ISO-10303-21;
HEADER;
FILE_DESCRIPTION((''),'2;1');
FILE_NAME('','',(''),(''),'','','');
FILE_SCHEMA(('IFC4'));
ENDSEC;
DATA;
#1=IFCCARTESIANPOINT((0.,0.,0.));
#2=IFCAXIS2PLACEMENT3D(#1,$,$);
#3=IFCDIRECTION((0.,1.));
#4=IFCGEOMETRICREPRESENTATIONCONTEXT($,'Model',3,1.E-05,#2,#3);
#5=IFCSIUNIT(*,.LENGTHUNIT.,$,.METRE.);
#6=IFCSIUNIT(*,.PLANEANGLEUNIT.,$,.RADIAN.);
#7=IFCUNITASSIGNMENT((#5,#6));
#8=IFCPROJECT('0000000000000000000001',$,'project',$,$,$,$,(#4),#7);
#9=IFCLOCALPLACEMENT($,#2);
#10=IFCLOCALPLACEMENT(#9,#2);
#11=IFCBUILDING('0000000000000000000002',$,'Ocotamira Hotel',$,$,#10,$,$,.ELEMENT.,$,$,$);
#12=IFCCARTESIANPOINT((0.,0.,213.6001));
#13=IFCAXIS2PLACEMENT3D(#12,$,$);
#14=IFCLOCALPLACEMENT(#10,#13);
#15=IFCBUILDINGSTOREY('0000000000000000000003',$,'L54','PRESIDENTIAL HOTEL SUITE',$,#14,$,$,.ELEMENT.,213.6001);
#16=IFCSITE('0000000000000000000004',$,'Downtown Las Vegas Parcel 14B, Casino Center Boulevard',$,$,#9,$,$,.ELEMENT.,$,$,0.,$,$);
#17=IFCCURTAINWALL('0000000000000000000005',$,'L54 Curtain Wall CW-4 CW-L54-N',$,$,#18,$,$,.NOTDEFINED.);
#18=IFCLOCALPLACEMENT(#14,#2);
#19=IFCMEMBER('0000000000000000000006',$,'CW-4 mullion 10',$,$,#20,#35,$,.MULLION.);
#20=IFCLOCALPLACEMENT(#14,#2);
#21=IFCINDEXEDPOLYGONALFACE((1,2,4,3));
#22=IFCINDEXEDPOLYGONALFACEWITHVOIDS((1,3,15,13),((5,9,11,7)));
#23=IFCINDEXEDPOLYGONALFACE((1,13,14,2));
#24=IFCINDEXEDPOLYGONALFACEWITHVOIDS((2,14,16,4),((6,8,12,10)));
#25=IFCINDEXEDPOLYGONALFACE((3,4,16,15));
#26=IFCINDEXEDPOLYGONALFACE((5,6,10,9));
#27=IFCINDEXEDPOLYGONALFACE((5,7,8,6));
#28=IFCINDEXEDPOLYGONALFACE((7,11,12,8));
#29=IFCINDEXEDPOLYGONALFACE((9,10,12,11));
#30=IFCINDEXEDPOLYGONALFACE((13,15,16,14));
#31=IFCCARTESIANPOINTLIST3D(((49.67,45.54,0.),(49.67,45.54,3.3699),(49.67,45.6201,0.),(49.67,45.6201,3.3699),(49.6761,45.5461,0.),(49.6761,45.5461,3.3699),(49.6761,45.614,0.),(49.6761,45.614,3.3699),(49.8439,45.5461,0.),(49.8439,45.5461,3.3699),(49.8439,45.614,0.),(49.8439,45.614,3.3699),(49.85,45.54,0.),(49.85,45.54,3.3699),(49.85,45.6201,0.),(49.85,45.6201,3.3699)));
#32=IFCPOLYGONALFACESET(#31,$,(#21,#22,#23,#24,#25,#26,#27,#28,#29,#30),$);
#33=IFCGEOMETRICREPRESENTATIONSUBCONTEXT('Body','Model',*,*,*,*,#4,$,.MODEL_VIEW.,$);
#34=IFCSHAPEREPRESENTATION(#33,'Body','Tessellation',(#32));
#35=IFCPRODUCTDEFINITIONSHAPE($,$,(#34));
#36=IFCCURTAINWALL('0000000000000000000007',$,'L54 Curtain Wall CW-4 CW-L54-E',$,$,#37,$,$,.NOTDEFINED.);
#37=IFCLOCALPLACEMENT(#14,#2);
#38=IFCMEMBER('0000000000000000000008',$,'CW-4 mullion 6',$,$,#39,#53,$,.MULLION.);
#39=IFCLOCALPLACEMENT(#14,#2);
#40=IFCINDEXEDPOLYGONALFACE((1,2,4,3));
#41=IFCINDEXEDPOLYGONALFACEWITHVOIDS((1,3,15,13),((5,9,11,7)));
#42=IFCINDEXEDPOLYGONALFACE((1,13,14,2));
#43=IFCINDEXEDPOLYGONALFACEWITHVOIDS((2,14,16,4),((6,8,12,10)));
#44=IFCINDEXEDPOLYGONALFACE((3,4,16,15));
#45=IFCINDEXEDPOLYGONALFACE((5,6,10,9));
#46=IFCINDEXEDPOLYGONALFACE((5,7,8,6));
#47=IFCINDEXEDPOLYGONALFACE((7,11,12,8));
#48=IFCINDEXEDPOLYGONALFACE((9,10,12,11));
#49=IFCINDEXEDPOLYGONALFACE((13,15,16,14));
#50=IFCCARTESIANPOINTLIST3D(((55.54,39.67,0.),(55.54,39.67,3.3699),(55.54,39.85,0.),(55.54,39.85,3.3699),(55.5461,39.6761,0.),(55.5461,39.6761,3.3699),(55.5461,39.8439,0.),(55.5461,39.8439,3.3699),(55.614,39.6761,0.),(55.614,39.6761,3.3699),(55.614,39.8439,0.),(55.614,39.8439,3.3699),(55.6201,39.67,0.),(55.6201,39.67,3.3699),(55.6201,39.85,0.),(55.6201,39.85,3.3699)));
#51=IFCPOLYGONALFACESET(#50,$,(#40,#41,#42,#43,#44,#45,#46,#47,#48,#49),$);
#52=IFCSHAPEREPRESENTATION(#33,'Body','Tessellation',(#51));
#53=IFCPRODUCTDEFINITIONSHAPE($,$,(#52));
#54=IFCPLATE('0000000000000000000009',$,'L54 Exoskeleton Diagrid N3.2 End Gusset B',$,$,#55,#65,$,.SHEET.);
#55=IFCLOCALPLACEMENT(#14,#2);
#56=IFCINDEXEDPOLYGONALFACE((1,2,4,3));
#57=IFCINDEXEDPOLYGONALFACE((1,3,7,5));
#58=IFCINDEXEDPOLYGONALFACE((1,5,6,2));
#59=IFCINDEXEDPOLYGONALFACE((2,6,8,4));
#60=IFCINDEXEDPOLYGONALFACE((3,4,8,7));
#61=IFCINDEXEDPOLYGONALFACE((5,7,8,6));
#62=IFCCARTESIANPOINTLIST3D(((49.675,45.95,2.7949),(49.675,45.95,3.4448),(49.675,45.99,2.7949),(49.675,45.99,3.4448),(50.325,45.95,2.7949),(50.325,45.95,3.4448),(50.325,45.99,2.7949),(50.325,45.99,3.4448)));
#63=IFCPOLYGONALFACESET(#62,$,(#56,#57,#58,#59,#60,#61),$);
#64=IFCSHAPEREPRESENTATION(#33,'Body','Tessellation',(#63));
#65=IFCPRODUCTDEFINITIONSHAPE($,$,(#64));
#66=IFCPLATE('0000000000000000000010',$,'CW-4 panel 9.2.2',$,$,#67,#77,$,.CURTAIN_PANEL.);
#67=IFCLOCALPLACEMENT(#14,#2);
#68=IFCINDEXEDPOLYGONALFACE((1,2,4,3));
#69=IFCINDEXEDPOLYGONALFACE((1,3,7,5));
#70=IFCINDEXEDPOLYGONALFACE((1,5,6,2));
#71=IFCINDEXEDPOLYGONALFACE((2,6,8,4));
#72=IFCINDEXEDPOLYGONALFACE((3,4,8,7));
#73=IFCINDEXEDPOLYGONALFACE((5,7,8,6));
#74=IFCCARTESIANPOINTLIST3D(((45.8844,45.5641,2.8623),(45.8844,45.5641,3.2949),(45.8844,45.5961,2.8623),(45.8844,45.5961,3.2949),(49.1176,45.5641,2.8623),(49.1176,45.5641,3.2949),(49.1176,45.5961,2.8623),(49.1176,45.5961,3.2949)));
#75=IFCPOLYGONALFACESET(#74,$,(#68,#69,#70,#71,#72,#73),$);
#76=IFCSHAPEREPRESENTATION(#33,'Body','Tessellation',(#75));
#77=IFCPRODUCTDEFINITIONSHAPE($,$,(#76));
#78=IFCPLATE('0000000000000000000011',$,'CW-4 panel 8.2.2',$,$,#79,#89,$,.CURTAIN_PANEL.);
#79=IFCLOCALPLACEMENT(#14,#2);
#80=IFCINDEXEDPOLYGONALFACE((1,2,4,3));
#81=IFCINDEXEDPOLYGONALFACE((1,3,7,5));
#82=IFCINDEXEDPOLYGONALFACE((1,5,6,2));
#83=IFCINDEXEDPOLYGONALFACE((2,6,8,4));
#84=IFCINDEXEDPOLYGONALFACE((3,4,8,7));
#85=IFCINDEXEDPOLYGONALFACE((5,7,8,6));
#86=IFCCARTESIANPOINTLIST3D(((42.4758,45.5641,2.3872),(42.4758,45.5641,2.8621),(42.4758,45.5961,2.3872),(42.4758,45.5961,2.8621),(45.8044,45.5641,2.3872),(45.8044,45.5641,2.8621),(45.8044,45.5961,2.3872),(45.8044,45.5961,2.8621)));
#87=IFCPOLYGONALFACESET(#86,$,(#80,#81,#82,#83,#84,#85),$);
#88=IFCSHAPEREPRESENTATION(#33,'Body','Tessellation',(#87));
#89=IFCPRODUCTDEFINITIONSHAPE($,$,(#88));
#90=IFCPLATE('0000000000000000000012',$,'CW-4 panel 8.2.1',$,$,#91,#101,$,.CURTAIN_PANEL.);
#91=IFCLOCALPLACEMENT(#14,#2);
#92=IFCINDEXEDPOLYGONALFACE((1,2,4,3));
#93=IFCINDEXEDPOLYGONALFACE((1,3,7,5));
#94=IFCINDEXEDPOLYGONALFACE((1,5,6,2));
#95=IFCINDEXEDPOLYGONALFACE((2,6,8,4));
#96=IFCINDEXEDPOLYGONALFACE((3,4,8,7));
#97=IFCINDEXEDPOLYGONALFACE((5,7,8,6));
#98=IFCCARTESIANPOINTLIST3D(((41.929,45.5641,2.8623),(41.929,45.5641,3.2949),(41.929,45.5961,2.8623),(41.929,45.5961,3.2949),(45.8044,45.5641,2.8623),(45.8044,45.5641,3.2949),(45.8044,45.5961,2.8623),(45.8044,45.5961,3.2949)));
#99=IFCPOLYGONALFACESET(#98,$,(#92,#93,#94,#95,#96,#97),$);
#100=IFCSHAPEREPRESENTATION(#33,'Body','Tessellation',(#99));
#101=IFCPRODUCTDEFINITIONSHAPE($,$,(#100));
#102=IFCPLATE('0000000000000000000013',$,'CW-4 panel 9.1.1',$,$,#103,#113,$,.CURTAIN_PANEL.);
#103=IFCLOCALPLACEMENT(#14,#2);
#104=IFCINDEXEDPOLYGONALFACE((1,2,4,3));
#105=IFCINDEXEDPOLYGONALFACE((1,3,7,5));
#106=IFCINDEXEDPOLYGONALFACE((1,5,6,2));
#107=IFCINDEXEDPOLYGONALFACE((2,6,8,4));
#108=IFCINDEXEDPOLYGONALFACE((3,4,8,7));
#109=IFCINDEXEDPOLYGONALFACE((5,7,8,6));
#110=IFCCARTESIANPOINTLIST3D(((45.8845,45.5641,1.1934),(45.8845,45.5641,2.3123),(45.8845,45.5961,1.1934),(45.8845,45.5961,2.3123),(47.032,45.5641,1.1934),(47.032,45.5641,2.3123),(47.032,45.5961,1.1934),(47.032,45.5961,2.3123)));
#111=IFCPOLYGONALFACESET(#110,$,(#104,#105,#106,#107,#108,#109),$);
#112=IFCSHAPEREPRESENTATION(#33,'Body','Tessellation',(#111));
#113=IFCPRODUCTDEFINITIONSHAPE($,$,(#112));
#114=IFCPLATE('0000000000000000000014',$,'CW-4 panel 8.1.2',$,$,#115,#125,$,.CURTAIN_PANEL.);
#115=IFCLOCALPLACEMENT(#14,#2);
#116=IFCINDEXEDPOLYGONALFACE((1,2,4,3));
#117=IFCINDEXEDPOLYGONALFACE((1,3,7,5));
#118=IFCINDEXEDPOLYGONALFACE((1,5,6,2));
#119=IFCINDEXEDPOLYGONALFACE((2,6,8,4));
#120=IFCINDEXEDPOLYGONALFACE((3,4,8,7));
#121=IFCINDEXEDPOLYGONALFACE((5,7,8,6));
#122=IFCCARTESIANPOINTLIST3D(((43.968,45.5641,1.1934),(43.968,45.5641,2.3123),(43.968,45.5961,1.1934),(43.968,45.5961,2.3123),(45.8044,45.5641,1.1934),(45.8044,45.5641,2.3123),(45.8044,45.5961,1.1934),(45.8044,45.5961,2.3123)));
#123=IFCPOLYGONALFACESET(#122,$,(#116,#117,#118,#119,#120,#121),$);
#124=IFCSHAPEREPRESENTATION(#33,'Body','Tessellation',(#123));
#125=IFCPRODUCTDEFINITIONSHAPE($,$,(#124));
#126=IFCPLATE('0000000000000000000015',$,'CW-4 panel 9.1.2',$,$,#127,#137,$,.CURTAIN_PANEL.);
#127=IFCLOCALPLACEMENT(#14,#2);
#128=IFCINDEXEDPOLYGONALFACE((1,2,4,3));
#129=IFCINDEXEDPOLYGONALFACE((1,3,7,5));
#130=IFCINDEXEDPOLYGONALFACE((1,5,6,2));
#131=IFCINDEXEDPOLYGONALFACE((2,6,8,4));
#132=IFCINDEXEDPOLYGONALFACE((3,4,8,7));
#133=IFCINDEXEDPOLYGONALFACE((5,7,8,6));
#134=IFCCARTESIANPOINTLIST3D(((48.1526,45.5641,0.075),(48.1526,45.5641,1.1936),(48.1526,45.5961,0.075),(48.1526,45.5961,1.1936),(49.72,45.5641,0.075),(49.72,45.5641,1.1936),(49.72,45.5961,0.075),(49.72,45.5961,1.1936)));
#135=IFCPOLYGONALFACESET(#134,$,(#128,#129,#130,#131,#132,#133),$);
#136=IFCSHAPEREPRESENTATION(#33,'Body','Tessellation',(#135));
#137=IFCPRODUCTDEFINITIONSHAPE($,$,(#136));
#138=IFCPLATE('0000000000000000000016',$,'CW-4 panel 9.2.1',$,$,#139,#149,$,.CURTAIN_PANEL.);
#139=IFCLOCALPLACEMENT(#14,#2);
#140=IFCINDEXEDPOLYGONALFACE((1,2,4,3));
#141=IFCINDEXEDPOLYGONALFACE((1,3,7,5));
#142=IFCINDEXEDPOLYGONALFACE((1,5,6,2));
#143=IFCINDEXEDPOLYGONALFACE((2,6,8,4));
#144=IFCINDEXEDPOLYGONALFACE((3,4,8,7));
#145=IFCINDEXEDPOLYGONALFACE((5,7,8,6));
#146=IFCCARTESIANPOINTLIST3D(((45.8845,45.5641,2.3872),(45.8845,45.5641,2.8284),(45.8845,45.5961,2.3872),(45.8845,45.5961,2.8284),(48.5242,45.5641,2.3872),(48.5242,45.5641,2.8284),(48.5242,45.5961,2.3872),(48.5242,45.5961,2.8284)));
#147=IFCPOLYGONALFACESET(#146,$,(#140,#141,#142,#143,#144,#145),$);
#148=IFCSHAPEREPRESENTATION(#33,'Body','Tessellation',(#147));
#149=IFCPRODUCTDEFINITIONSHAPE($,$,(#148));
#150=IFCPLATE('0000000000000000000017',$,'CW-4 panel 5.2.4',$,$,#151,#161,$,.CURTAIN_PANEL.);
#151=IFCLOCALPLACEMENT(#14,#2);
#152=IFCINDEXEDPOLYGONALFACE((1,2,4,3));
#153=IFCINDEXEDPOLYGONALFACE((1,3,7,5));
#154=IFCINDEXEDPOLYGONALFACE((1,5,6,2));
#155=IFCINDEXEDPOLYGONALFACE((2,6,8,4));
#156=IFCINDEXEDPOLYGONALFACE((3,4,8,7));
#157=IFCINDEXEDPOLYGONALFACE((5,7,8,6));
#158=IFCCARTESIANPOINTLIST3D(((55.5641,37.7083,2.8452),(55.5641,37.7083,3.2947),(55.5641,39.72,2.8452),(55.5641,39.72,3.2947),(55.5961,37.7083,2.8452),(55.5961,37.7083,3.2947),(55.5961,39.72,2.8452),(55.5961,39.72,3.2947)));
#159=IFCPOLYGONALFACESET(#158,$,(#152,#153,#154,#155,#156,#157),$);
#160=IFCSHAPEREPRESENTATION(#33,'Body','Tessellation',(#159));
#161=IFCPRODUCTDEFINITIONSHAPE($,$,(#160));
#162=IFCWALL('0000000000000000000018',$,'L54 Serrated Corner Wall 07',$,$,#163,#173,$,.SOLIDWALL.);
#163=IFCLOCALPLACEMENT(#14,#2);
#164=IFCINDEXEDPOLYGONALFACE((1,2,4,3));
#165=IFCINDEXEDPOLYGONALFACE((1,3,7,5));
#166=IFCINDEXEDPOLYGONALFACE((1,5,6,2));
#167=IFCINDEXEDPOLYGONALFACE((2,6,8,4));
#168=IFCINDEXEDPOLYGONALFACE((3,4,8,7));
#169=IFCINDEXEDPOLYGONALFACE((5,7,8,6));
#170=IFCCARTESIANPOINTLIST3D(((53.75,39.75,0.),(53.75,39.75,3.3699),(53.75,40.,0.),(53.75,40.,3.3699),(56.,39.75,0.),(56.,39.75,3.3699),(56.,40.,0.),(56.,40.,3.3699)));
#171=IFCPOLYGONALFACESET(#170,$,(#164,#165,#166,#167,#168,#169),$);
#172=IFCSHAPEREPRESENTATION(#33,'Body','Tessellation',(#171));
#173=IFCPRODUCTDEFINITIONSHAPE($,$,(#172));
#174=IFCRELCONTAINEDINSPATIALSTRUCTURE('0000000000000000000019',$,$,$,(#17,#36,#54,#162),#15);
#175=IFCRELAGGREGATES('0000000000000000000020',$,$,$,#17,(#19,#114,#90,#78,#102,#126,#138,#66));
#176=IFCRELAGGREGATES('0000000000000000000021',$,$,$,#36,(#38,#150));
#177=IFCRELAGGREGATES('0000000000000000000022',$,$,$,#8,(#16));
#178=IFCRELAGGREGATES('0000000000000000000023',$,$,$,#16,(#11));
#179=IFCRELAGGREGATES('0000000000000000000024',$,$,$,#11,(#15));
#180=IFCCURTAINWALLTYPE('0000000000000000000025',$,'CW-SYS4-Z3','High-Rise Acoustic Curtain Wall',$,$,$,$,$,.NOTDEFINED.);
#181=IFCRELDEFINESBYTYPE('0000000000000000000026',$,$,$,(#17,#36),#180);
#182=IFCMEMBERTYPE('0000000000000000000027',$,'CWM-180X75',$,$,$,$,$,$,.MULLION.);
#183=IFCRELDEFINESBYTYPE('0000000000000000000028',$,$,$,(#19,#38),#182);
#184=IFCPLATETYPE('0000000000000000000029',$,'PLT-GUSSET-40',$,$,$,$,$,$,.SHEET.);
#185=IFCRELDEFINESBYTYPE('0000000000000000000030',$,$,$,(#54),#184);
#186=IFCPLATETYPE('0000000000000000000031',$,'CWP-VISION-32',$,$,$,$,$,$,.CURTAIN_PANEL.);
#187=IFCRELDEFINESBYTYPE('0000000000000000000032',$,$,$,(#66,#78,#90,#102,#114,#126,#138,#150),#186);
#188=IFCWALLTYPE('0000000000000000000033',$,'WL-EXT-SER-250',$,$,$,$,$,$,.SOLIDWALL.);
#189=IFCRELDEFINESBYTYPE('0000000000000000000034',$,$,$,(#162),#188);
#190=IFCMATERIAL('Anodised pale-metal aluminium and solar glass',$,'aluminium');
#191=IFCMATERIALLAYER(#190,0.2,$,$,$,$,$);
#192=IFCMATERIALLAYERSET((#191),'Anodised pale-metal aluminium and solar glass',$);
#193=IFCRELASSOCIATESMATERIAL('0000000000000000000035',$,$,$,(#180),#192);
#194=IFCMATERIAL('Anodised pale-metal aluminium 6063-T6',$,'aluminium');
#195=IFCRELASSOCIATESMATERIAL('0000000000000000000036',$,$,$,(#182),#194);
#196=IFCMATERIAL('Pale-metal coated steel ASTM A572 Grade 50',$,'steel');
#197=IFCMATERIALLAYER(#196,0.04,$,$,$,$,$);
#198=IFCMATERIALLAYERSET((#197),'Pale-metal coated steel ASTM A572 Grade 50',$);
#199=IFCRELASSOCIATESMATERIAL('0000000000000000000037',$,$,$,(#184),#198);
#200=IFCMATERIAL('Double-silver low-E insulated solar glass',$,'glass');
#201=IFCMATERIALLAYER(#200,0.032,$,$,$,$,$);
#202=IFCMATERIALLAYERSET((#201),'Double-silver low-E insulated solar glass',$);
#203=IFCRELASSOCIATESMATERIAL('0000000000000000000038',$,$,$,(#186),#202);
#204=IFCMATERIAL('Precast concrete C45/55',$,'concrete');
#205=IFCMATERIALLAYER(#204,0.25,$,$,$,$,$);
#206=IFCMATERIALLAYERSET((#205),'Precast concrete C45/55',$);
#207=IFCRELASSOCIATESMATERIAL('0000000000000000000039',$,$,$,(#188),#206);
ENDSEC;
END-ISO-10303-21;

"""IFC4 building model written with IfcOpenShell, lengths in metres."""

from ifc_helpers import new_model, si_unit, direction, frame, frame_2d, origin, origin_2d, place, context, subcontext, project, spatial, rectangle, hollow_rectangle, extrude, source, transform, mapped, material, layer, layer_set, material_profile, profile_set, type_object, element, aggregate, save


model = new_model("IFC4")

# Units and contexts
model_context = context("Model", 3, precision=1e-05, world=origin(), true_north=direction((0.0, 1.0)))
body_context = subcontext(model_context, "Body", "Model", "MODEL_VIEW")
ifc_project = project(units=[si_unit("LENGTHUNIT", "METRE"), si_unit("PLANEANGLEUNIT", "RADIAN")], contexts=[model_context])

# Site, building, storey
site_placement = place(None, origin())
site = spatial("IfcSite", under=ifc_project, at=site_placement, Name="Downtown Las Vegas Parcel 14B, Casino Center Boulevard", CompositionType="ELEMENT", RefElevation=0.0)
building_placement = place(site_placement, origin())
building = spatial("IfcBuilding", under=site, at=building_placement, Name="Ocotamira Hotel", CompositionType="ELEMENT")
storey_placement = place(building_placement, frame((0.0, 0.0, 213.6001)))
storey = spatial("IfcBuildingStorey", under=building, at=storey_placement, Name="L54", Description="PRESIDENTIAL HOTEL SUITE", CompositionType="ELEMENT", Elevation=213.6001)

# Curtain wall, member
ifc_material_1 = material(Name="Anodised pale-metal aluminium and solar glass", Category="aluminium")
ifc_layer_1 = layer(ifc_material_1, 0.2)
ifc_layer_set_1 = layer_set([ifc_layer_1], Name="Anodised pale-metal aluminium and solar glass")
curtain_wall_type = type_object("IfcCurtainWallType", Name="CW-SYS4-Z3", Description="High-Rise Acoustic Curtain Wall", PredefinedType="NOTDEFINED", material=ifc_layer_set_1)
curtain_wall_1_placement = place(storey_placement, origin())
curtain_wall_1 = element("IfcCurtainWall", 1, at=curtain_wall_1_placement, inside=storey, type_object=curtain_wall_type, Name="L54 Curtain Wall CW-4 CW-L54-N", PredefinedType="NOTDEFINED")
ifc_material_2 = material(Name="Anodised pale-metal aluminium 6063-T6", Category="aluminium")
ifc_material_profile_1 = material_profile(ifc_material_2, hollow_rectangle(XDim=0.0801, YDim=0.1799, WallThickness=0.0061, at=origin_2d()), Name="HSS180X80X6")
ifc_profile_set_1 = profile_set([ifc_material_profile_1], Name="Anodised pale-metal aluminium 6063-T6")
member_type_1 = type_object("IfcMemberType", Name="CWM-180X75", PredefinedType="MULLION", material=ifc_profile_set_1)
shared_shape_1 = source(origin(), body_context, "Body", "SweptSolid", [
    extrude(hollow_rectangle(XDim=0.0801, YDim=0.1799, WallThickness=0.0061, at=origin_2d()), origin(), (0.0, 0.0, 1.0), 3.3699),
])
member_1_placement = place(storey_placement, frame((49.76, 45.5801, 0.0), z_axis=(0.0, 0.0, 1.0), x_axis=(0.0, 1.0, 0.0)))
member_1 = element("IfcMember", 2, at=member_1_placement, type_object=member_type_1, Name="CW-4 mullion 10", PredefinedType="MULLION", context=body_context, shape_type="MappedRepresentation", body=[
    mapped(shared_shape_1, transform((0.0, 0.0, 0.0), scale=1.0)),
])

# Curtain wall, member
curtain_wall_2_placement = place(storey_placement, origin())
curtain_wall_2 = element("IfcCurtainWall", 3, at=curtain_wall_2_placement, inside=storey, type_object=curtain_wall_type, Name="L54 Curtain Wall CW-4 CW-L54-E", PredefinedType="NOTDEFINED")
member_2_placement = place(storey_placement, frame((55.5801, 39.76, 0.0), z_axis=(0.0, 0.0, 1.0), x_axis=(-1.0, 0.0, 0.0)))
member_2 = element("IfcMember", 4, at=member_2_placement, type_object=member_type_1, Name="CW-4 mullion 6", PredefinedType="MULLION", context=body_context, shape_type="MappedRepresentation", body=[
    mapped(shared_shape_1, transform((0.0, 0.0, 0.0), scale=1.0)),
])

# Plates
ifc_material_3 = material(Name="Pale-metal coated steel ASTM A572 Grade 50", Category="steel")
ifc_layer_2 = layer(ifc_material_3, 0.04)
ifc_layer_set_2 = layer_set([ifc_layer_2], Name="Pale-metal coated steel ASTM A572 Grade 50")
plate_type_1 = type_object("IfcPlateType", Name="PLT-GUSSET-40", PredefinedType="SHEET", material=ifc_layer_set_2)
shared_shape_2 = source(origin(), body_context, "Body", "SweptSolid", [
    extrude(rectangle(XDim=0.6499, YDim=0.04, at=origin_2d()), origin(), (0.0, 0.0, 1.0), 0.6499),
])
plate_1_placement = place(storey_placement, frame((50.0, 45.97, 2.7949), z_axis=(0.0, 0.0, 1.0), x_axis=(1.0, 0.0, 0.0)))
element("IfcPlate", 5, at=plate_1_placement, inside=storey, type_object=plate_type_1, Name="L54 Exoskeleton Diagrid N3.2 End Gusset B", PredefinedType="SHEET", context=body_context, shape_type="MappedRepresentation", body=[
    mapped(shared_shape_2, transform((0.0, 0.0, 0.0), scale=1.0)),
])
ifc_material_4 = material(Name="Double-silver low-E insulated solar glass", Category="glass")
ifc_layer_3 = layer(ifc_material_4, 0.032)
ifc_layer_set_3 = layer_set([ifc_layer_3], Name="Double-silver low-E insulated solar glass")
plate_type_2 = type_object("IfcPlateType", Name="CWP-VISION-32", PredefinedType="CURTAIN_PANEL", material=ifc_layer_set_3)
shared_shape_3 = source(origin(), body_context, "Body", "SweptSolid", [
    extrude(rectangle(XDim=3.2332, YDim=0.032, at=origin_2d()), origin(), (0.0, 0.0, 1.0), 0.4326),
])
plate_2_placement = place(storey_placement, frame((47.501, 45.5801, 2.8623), z_axis=(0.0, 0.0, 1.0), x_axis=(1.0, 0.0, 0.0)))
plate_2 = element("IfcPlate", 6, at=plate_2_placement, type_object=plate_type_2, Name="CW-4 panel 9.2.2", PredefinedType="CURTAIN_PANEL", context=body_context, shape_type="MappedRepresentation", body=[
    mapped(shared_shape_3, transform((0.0, 0.0, 0.0), scale=1.0)),
])
shared_shape_4 = source(origin(), body_context, "Body", "SweptSolid", [
    extrude(rectangle(XDim=3.3286, YDim=0.032, at=origin_2d()), origin(), (0.0, 0.0, 1.0), 0.4749),
])
plate_3_placement = place(storey_placement, frame((44.1401, 45.5801, 2.3872), z_axis=(0.0, 0.0, 1.0), x_axis=(1.0, 0.0, 0.0)))
plate_3 = element("IfcPlate", 7, at=plate_3_placement, type_object=plate_type_2, Name="CW-4 panel 8.2.2", PredefinedType="CURTAIN_PANEL", context=body_context, shape_type="MappedRepresentation", body=[
    mapped(shared_shape_4, transform((0.0, 0.0, 0.0), scale=1.0)),
])
shared_shape_5 = source(origin(), body_context, "Body", "SweptSolid", [
    extrude(rectangle(XDim=3.8755, YDim=0.032, at=origin_2d()), origin(), (0.0, 0.0, 1.0), 0.4326),
])
plate_4_placement = place(storey_placement, frame((43.8667, 45.5801, 2.8623), z_axis=(0.0, 0.0, 1.0), x_axis=(1.0, 0.0, 0.0)))
plate_4 = element("IfcPlate", 8, at=plate_4_placement, type_object=plate_type_2, Name="CW-4 panel 8.2.1", PredefinedType="CURTAIN_PANEL", context=body_context, shape_type="MappedRepresentation", body=[
    mapped(shared_shape_5, transform((0.0, 0.0, 0.0), scale=1.0)),
])
shared_shape_6 = source(origin(), body_context, "Body", "SweptSolid", [
    extrude(rectangle(XDim=1.1475, YDim=0.032, at=origin_2d()), origin(), (0.0, 0.0, 1.0), 1.1189),
])
plate_5_placement = place(storey_placement, frame((46.4583, 45.5801, 1.1934), z_axis=(0.0, 0.0, 1.0), x_axis=(1.0, 0.0, 0.0)))
plate_5 = element("IfcPlate", 9, at=plate_5_placement, type_object=plate_type_2, Name="CW-4 panel 9.1.1", PredefinedType="CURTAIN_PANEL", context=body_context, shape_type="MappedRepresentation", body=[
    mapped(shared_shape_6, transform((0.0, 0.0, 0.0), scale=1.0)),
])
shared_shape_7 = source(origin(), body_context, "Body", "SweptSolid", [
    extrude(rectangle(XDim=1.8364, YDim=0.032, at=origin_2d()), origin(), (0.0, 0.0, 1.0), 1.1189),
])
plate_6_placement = place(storey_placement, frame((44.8862, 45.5801, 1.1934), z_axis=(0.0, 0.0, 1.0), x_axis=(1.0, 0.0, 0.0)))
plate_6 = element("IfcPlate", 10, at=plate_6_placement, type_object=plate_type_2, Name="CW-4 panel 8.1.2", PredefinedType="CURTAIN_PANEL", context=body_context, shape_type="MappedRepresentation", body=[
    mapped(shared_shape_7, transform((0.0, 0.0, 0.0), scale=1.0)),
])
shared_shape_8 = source(origin(), body_context, "Body", "SweptSolid", [
    extrude(rectangle(XDim=1.5674, YDim=0.032, at=origin_2d()), origin(), (0.0, 0.0, 1.0), 1.1187),
])
plate_7_placement = place(storey_placement, frame((48.9363, 45.5801, 0.075), z_axis=(0.0, 0.0, 1.0), x_axis=(1.0, 0.0, 0.0)))
plate_7 = element("IfcPlate", 11, at=plate_7_placement, type_object=plate_type_2, Name="CW-4 panel 9.1.2", PredefinedType="CURTAIN_PANEL", context=body_context, shape_type="MappedRepresentation", body=[
    mapped(shared_shape_8, transform((0.0, 0.0, 0.0), scale=1.0)),
])
shared_shape_9 = source(origin(), body_context, "Body", "SweptSolid", [
    extrude(rectangle(XDim=2.6396, YDim=0.032, at=origin_2d()), origin(), (0.0, 0.0, 1.0), 0.4412),
])
plate_8_placement = place(storey_placement, frame((47.2043, 45.5801, 2.3872), z_axis=(0.0, 0.0, 1.0), x_axis=(1.0, 0.0, 0.0)))
plate_8 = element("IfcPlate", 12, at=plate_8_placement, type_object=plate_type_2, Name="CW-4 panel 9.2.1", PredefinedType="CURTAIN_PANEL", context=body_context, shape_type="MappedRepresentation", body=[
    mapped(shared_shape_9, transform((0.0, 0.0, 0.0), scale=1.0)),
])
aggregate(curtain_wall_1, [member_1, plate_6, plate_4, plate_3, plate_5, plate_7, plate_8, plate_2])
shared_shape_10 = source(origin(), body_context, "Body", "SweptSolid", [
    extrude(rectangle(XDim=2.0117, YDim=0.032, at=origin_2d()), origin(), (0.0, 0.0, 1.0), 0.4495),
])
plate_9_placement = place(storey_placement, frame((55.5801, 38.7141, 2.8452), z_axis=(0.0, 0.0, 1.0), x_axis=(0.0, 1.0, 0.0)))
plate_9 = element("IfcPlate", 13, at=plate_9_placement, type_object=plate_type_2, Name="CW-4 panel 5.2.4", PredefinedType="CURTAIN_PANEL", context=body_context, shape_type="MappedRepresentation", body=[
    mapped(shared_shape_10, transform((0.0, 0.0, 0.0), scale=1.0)),
])
aggregate(curtain_wall_2, [member_2, plate_9])

# Wall
ifc_material_5 = material(Name="Precast concrete C45/55", Category="concrete")
ifc_layer_4 = layer(ifc_material_5, 0.25)
ifc_layer_set_4 = layer_set([ifc_layer_4], Name="Precast concrete C45/55")
wall_type_1 = type_object("IfcWallType", Name="WL-EXT-SER-250", PredefinedType="SOLIDWALL", material=ifc_layer_set_4)
wall_1_placement = place(storey_placement, frame((56.0, 39.875, 0.0), z_axis=(0.0, 0.0, 1.0), x_axis=(-1.0, 0.0, 0.0)))
element("IfcWall", 14, at=wall_1_placement, inside=storey, type_object=wall_type_1, Name="L54 Serrated Corner Wall 07", PredefinedType="SOLIDWALL", context=body_context, shape_type="SweptSolid", body=[
    extrude(rectangle(XDim=2.25, YDim=0.25, at=frame_2d((1.125, 0.0))), origin(), (0.0, 0.0, 1.0), 3.3699),
])

save(model, "model.ifc")
